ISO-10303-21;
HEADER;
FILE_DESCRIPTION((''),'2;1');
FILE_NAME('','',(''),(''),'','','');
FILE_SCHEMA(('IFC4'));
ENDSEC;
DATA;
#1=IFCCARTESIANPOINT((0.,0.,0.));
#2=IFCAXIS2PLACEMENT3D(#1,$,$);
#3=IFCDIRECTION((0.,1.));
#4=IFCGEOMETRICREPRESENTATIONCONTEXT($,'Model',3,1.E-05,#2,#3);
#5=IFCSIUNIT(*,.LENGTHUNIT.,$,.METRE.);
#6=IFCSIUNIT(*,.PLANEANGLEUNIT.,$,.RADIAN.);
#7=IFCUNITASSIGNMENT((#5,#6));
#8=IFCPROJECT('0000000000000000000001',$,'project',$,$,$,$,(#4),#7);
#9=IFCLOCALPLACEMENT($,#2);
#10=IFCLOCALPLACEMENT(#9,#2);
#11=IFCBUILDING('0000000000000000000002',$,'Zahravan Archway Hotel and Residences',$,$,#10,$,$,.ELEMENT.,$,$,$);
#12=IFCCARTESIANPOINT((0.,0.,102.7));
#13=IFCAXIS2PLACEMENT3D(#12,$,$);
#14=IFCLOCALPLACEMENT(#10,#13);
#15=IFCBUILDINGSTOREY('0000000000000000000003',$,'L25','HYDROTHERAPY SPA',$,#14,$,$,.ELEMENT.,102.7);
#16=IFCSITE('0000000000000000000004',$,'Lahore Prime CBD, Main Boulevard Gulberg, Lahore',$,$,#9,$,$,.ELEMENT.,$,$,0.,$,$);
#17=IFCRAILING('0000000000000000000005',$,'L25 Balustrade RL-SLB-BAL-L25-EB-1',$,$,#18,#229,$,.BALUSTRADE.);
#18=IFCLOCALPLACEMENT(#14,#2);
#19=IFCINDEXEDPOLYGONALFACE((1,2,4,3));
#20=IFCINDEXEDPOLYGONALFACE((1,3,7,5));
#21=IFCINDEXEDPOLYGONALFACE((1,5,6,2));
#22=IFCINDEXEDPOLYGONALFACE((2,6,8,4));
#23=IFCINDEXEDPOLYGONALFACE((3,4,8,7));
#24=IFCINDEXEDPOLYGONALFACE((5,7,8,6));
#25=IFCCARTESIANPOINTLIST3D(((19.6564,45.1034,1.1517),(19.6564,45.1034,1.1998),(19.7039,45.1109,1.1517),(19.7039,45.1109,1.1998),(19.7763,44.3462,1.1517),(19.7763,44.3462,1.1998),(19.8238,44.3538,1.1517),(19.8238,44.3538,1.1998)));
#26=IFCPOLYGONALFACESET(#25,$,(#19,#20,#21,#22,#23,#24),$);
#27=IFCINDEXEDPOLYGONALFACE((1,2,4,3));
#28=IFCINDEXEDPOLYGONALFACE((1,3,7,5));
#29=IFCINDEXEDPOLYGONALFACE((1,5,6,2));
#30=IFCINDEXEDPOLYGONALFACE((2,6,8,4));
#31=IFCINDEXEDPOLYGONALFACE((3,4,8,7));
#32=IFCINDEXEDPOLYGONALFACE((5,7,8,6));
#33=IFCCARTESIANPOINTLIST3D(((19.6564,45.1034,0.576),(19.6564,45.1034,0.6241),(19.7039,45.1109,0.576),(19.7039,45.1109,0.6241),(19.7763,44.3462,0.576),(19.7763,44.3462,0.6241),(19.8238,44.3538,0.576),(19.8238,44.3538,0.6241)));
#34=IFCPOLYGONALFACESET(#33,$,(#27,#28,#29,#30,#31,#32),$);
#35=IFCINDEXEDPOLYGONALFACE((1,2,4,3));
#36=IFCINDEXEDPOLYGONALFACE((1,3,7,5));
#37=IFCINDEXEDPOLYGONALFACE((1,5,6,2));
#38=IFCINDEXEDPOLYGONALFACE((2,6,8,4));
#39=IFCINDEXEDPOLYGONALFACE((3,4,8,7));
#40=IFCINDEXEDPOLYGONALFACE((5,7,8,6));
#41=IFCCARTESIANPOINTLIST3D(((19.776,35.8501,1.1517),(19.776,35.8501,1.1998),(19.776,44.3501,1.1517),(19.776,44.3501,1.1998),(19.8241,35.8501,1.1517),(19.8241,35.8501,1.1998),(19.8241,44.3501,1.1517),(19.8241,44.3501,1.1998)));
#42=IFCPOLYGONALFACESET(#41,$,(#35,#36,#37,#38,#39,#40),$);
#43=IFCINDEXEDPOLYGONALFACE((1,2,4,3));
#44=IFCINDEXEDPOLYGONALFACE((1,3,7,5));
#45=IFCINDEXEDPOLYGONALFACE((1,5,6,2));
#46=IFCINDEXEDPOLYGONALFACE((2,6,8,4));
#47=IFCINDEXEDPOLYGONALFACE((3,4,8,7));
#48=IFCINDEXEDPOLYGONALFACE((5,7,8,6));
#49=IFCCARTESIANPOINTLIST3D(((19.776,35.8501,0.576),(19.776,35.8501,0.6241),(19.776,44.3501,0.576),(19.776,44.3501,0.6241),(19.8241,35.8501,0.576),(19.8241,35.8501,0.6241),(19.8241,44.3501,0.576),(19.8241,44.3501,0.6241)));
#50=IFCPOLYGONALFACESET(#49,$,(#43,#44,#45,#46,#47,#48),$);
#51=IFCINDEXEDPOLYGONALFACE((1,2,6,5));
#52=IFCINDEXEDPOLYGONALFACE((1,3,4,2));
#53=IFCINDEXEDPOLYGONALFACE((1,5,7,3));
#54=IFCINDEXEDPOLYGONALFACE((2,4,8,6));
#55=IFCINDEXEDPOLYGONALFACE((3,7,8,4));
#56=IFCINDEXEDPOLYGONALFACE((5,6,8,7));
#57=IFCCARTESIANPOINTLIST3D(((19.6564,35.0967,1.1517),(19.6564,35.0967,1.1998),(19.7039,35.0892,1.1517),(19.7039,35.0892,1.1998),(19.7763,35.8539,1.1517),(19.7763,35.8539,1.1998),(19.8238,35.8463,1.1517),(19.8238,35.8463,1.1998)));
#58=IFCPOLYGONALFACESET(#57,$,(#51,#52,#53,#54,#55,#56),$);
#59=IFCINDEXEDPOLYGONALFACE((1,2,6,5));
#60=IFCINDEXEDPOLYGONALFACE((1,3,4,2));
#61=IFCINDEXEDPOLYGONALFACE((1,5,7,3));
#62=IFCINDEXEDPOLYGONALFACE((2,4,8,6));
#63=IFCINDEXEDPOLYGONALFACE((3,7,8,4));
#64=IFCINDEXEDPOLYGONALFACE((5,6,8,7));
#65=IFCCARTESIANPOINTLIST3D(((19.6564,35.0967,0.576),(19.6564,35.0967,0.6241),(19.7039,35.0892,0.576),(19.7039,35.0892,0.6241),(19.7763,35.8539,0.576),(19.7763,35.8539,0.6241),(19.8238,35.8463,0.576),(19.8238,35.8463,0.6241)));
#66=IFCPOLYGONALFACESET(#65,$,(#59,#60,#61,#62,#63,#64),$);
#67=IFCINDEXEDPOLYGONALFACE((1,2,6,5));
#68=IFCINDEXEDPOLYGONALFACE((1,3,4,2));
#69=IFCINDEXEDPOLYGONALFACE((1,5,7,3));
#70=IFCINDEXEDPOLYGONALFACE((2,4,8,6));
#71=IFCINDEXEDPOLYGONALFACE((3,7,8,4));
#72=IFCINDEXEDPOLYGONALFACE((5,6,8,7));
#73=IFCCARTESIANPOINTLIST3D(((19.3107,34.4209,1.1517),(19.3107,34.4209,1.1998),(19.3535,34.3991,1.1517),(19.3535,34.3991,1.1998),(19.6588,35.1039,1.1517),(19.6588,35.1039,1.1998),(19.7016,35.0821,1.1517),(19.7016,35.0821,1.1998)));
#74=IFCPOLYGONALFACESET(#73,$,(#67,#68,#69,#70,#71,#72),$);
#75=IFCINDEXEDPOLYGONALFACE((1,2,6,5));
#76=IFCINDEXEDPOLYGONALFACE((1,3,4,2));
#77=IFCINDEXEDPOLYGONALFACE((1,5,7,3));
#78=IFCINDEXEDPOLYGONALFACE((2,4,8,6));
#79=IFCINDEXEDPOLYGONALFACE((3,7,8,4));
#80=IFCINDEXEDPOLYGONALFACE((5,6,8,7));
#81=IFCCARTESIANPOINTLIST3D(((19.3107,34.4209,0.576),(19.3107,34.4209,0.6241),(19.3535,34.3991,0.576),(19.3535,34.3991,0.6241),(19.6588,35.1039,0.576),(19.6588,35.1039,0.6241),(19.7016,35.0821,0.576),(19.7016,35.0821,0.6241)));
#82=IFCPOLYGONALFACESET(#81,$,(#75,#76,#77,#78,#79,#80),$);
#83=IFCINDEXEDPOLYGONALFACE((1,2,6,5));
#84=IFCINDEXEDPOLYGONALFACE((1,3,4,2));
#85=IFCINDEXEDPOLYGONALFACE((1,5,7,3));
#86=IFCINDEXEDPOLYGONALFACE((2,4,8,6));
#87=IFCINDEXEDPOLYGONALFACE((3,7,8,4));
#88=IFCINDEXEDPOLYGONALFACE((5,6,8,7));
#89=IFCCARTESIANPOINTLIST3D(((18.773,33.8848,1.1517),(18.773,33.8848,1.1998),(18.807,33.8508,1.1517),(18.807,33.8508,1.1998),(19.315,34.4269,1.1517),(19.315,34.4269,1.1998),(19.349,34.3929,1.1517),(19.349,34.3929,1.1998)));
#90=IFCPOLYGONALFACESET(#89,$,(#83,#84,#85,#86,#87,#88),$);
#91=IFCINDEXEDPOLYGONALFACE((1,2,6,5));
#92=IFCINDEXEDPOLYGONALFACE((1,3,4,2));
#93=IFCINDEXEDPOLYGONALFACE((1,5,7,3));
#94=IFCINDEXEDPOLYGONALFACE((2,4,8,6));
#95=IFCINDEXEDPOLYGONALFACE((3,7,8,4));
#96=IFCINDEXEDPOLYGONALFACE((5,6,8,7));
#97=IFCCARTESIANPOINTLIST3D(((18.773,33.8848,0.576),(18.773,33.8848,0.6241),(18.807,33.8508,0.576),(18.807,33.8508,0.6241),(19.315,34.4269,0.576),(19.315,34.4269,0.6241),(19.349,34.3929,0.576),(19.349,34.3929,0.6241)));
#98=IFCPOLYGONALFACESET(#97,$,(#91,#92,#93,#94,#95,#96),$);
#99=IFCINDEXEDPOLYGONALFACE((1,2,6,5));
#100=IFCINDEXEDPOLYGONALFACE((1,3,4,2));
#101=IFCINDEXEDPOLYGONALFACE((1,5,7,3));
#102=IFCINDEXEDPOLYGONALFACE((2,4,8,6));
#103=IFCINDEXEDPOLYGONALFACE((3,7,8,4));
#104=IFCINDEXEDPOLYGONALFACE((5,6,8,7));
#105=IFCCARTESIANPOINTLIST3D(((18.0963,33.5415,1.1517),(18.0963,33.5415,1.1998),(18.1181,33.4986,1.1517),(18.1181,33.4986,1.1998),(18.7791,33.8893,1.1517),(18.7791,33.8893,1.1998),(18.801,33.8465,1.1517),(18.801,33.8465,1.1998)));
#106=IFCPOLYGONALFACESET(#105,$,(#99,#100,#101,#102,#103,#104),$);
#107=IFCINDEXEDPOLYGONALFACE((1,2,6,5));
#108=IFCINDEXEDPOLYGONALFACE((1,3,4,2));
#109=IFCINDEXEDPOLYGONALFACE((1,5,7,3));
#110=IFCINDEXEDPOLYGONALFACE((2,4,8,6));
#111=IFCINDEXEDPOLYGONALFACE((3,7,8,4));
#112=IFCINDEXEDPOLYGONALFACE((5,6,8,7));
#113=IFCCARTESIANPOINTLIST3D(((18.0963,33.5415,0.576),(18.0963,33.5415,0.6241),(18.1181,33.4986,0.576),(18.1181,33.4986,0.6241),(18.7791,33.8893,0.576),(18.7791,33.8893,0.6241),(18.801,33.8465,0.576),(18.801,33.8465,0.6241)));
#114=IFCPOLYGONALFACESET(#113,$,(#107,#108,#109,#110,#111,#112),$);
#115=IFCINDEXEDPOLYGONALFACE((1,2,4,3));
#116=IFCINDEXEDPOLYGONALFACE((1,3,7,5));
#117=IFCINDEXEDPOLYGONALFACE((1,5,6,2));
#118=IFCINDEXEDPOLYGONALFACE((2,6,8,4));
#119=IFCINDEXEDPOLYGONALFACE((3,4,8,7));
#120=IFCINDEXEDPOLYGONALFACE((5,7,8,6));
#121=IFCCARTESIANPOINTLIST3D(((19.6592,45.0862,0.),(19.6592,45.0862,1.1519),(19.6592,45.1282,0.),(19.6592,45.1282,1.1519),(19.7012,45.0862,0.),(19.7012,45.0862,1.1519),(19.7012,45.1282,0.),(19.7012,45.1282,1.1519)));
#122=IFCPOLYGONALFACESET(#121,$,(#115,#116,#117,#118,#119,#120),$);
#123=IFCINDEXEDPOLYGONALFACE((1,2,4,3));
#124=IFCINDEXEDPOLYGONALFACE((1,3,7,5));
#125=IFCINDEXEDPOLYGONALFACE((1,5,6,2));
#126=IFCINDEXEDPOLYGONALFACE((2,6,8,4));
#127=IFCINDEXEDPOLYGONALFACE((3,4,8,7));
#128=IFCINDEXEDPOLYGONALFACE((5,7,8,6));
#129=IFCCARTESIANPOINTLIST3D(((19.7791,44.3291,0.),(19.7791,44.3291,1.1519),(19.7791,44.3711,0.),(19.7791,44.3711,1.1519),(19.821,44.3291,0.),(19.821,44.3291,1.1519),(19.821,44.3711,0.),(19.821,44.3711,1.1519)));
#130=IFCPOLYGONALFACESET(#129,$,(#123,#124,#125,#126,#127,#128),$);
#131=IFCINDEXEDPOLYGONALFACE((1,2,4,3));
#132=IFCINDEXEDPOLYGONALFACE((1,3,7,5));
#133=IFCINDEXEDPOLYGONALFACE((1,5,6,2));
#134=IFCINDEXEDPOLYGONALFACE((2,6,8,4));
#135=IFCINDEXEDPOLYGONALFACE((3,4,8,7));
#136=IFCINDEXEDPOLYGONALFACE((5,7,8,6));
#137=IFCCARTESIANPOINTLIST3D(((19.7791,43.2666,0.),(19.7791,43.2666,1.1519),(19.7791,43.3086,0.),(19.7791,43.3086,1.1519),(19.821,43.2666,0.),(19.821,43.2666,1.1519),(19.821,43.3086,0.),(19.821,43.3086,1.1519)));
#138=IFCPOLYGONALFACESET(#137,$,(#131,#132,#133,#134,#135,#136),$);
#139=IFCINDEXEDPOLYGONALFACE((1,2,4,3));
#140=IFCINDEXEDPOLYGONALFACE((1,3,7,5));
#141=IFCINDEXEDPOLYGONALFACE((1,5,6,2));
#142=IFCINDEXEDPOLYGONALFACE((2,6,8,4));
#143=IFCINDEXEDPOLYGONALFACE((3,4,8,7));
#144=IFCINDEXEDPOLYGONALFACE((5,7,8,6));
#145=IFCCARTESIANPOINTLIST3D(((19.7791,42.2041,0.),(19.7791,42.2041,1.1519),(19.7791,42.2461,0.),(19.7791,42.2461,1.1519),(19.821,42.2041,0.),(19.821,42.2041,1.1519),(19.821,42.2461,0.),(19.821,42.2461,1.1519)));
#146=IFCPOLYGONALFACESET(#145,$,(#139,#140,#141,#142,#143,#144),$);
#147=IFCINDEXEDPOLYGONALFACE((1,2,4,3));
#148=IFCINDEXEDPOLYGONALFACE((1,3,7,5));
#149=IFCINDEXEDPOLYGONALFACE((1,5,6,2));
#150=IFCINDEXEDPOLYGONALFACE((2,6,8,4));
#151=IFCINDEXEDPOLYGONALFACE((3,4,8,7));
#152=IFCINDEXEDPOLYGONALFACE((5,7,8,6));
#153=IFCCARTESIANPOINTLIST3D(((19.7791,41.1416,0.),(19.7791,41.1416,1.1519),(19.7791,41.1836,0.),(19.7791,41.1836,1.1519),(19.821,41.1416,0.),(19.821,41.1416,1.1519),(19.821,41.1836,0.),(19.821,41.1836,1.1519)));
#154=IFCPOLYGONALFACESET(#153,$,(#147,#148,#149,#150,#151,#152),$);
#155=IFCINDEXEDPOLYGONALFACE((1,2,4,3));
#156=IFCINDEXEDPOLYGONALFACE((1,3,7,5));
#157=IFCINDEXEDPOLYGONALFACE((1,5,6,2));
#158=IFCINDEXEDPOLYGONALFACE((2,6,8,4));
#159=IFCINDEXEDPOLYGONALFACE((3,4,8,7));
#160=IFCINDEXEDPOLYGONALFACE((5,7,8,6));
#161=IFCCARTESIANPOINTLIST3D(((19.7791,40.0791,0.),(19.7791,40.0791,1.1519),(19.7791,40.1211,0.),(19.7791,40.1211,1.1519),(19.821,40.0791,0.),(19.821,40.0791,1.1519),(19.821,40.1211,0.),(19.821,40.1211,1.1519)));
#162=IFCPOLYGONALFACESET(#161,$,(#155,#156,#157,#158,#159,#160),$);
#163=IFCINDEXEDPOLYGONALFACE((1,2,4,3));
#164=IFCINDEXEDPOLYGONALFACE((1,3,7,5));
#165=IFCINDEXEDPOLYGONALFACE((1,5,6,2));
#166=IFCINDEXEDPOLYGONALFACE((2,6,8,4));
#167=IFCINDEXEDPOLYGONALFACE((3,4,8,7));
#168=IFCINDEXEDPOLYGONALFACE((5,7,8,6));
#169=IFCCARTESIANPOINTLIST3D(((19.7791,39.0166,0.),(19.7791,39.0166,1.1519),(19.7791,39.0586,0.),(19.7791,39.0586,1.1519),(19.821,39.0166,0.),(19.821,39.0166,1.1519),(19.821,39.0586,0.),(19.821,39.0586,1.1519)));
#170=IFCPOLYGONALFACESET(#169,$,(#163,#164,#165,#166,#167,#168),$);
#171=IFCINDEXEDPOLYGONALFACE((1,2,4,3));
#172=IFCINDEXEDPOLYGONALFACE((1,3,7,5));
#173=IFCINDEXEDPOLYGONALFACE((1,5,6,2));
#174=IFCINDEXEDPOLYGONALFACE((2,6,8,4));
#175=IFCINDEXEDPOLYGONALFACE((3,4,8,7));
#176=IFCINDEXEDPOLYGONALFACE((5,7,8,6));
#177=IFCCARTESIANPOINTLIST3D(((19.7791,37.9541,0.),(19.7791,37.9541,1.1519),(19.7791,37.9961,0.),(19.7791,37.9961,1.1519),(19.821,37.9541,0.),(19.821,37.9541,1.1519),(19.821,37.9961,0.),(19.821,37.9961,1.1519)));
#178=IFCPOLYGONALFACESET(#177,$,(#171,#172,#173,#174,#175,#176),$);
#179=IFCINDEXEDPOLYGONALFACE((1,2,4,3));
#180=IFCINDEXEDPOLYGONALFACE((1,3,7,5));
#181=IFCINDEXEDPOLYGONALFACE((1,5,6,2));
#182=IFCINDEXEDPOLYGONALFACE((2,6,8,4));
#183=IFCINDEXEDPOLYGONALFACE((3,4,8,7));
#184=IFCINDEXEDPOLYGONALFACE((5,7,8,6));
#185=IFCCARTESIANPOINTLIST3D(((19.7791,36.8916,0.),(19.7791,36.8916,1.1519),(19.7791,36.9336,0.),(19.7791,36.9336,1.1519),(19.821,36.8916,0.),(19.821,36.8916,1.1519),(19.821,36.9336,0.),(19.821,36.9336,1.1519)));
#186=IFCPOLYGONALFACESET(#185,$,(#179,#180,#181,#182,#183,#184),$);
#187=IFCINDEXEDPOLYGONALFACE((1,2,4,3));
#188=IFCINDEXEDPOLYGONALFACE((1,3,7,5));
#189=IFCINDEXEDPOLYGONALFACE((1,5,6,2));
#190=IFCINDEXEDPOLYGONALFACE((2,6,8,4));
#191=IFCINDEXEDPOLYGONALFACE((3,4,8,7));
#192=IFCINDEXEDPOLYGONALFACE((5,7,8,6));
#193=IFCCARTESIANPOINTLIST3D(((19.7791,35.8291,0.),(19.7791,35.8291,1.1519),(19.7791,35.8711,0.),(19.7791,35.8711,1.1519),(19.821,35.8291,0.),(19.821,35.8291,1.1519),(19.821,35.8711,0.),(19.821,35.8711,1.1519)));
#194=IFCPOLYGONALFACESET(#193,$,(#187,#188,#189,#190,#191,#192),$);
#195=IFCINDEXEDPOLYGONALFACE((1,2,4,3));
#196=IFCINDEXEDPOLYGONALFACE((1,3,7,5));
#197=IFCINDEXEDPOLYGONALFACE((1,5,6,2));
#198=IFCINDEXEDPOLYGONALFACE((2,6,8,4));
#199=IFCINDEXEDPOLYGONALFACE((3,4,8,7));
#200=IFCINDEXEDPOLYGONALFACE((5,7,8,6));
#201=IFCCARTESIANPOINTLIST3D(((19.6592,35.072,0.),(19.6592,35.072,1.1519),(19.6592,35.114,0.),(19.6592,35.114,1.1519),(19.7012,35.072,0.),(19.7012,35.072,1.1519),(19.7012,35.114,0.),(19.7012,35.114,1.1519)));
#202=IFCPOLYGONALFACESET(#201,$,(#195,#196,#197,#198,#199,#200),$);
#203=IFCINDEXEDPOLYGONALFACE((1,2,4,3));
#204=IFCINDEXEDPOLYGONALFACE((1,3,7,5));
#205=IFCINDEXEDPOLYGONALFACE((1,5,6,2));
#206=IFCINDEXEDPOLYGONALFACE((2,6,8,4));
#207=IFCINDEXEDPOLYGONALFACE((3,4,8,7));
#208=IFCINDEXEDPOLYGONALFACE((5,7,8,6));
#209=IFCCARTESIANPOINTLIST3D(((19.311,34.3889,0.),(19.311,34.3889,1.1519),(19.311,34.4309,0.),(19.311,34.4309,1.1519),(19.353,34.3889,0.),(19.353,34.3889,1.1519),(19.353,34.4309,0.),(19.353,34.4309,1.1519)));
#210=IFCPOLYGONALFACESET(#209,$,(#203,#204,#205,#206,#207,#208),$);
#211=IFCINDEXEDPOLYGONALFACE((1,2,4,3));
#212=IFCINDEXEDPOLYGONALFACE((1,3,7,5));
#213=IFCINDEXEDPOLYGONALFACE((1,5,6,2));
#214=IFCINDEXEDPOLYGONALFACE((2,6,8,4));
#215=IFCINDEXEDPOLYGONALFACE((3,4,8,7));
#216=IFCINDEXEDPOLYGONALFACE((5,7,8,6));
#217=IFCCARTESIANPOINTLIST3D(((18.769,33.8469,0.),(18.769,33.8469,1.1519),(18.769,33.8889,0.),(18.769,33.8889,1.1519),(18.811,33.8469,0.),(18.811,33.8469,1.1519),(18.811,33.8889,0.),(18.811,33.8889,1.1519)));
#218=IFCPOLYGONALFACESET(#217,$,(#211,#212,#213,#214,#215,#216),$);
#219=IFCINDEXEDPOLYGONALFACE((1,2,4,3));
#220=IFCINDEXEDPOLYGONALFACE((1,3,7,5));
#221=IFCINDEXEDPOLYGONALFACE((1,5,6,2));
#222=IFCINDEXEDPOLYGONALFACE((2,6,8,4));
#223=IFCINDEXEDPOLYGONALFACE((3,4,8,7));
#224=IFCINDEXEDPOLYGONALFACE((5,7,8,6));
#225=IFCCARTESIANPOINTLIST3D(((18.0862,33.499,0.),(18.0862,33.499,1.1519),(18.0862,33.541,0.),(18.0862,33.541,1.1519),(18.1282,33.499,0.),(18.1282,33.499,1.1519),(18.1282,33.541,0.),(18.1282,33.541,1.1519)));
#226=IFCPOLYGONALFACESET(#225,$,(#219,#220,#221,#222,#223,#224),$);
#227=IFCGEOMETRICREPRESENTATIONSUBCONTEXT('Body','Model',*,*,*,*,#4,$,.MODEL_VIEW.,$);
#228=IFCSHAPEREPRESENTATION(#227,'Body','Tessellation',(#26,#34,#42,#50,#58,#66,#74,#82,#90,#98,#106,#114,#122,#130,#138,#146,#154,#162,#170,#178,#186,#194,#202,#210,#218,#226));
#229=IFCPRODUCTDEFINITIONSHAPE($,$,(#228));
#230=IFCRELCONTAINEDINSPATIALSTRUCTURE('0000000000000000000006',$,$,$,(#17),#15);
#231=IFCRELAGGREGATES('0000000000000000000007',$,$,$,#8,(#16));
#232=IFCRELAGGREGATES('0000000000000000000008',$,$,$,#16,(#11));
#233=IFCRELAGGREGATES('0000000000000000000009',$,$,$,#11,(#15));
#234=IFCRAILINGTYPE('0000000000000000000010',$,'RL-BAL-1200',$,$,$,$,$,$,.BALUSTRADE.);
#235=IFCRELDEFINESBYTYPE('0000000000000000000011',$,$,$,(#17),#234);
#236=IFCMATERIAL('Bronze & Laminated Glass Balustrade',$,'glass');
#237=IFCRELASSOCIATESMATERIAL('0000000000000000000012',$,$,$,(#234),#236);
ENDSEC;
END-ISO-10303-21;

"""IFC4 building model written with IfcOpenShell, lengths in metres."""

from ifc_helpers import new_model, si_unit, direction, frame, origin, origin_2d, place, context, subcontext, project, spatial, rectangle, extrude, material, type_object, element, save


model = new_model("IFC4")

# Units and contexts
model_context = context("Model", 3, precision=1e-05, world=origin(), true_north=direction((0.0, 1.0)))
body_context = subcontext(model_context, "Body", "Model", "MODEL_VIEW")
ifc_project = project(units=[si_unit("LENGTHUNIT", "METRE"), si_unit("PLANEANGLEUNIT", "RADIAN")], contexts=[model_context])

# Site, building, storey
site_placement = place(None, origin())
site = spatial("IfcSite", under=ifc_project, at=site_placement, Name="Lahore Prime CBD, Main Boulevard Gulberg, Lahore", CompositionType="ELEMENT", RefElevation=0.0)
building_placement = place(site_placement, origin())
building = spatial("IfcBuilding", under=site, at=building_placement, Name="Zahravan Archway Hotel and Residences", CompositionType="ELEMENT")
storey_placement = place(building_placement, frame((0.0, 0.0, 102.7)))
storey = spatial("IfcBuildingStorey", under=building, at=storey_placement, Name="L25", Description="HYDROTHERAPY SPA", CompositionType="ELEMENT", Elevation=102.7)

# Railing
ifc_material_1 = material(Name="Bronze & Laminated Glass Balustrade", Category="glass")
railing_type = type_object("IfcRailingType", Name="RL-BAL-1200", PredefinedType="BALUSTRADE", material=ifc_material_1)
railing_placement = place(storey_placement, frame((19.6802, 45.1072, 0.0)))
element("IfcRailing", 1, at=railing_placement, inside=storey, type_object=railing_type, Name="L25 Balustrade RL-SLB-BAL-L25-EB-1", PredefinedType="BALUSTRADE", context=body_context, shape_type="SweptSolid", body=[
    extrude(rectangle(XDim=0.0481, YDim=0.0481, at=origin_2d()), frame((0.0, 0.0, 1.1758), z_axis=(0.156388, -0.987696, 0.0), x_axis=(0.987696, 0.156388, 0.0)), (0.0, 0.0, 1.0), 0.7666),
    extrude(rectangle(XDim=0.0481, YDim=0.0481, at=origin_2d()), frame((0.0, 0.0, 0.6001), z_axis=(0.156388, -0.987696, 0.0), x_axis=(0.987696, 0.156388, 0.0)), (0.0, 0.0, 1.0), 0.7666),
    extrude(rectangle(XDim=0.0481, YDim=0.0481, at=origin_2d()), frame((0.1199, -0.7571, 1.1758), z_axis=(0.0, -1.0, 0.0), x_axis=(1.0, 0.0, 0.0)), (0.0, 0.0, 1.0), 8.5),
    extrude(rectangle(XDim=0.0481, YDim=0.0481, at=origin_2d()), frame((0.1199, -0.7571, 0.6001), z_axis=(0.0, -1.0, 0.0), x_axis=(1.0, 0.0, 0.0)), (0.0, 0.0, 1.0), 8.5),
    extrude(rectangle(XDim=0.0481, YDim=0.0481, at=origin_2d()), frame((0.1199, -9.2571, 1.1758), z_axis=(-0.156388, -0.987696, 0.0), x_axis=(0.987696, -0.156388, 0.0)), (0.0, 0.0, 1.0), 0.7666),
    extrude(rectangle(XDim=0.0481, YDim=0.0481, at=origin_2d()), frame((0.1199, -9.2571, 0.6001), z_axis=(-0.156388, -0.987696, 0.0), x_axis=(0.987696, -0.156388, 0.0)), (0.0, 0.0, 1.0), 0.7666),
    extrude(rectangle(XDim=0.0481, YDim=0.0481, at=origin_2d()), frame((0.0, -10.0142, 1.1758), z_axis=(-0.454078, -0.890962, 0.0), x_axis=(0.890962, -0.454078, 0.0)), (0.0, 0.0, 1.0), 0.7666),
    extrude(rectangle(XDim=0.0481, YDim=0.0481, at=origin_2d()), frame((0.0, -10.0142, 0.6001), z_axis=(-0.454078, -0.890962, 0.0), x_axis=(0.890962, -0.454078, 0.0)), (0.0, 0.0, 1.0), 0.7666),
    extrude(rectangle(XDim=0.0481, YDim=0.0481, at=origin_2d()), frame((-0.3481, -10.6973, 1.1758), z_axis=(-0.707107, -0.707107, 0.0), x_axis=(0.707107, -0.707107, 0.0)), (0.0, 0.0, 1.0), 0.7666),
    extrude(rectangle(XDim=0.0481, YDim=0.0481, at=origin_2d()), frame((-0.3481, -10.6973, 0.6001), z_axis=(-0.707107, -0.707107, 0.0), x_axis=(0.707107, -0.707107, 0.0)), (0.0, 0.0, 1.0), 0.7666),
    extrude(rectangle(XDim=0.0481, YDim=0.0481, at=origin_2d()), frame((-0.8901, -11.2393, 1.1758), z_axis=(-0.891025, -0.453954, 0.0), x_axis=(0.453954, -0.891025, 0.0)), (0.0, 0.0, 1.0), 0.7664),
    extrude(rectangle(XDim=0.0481, YDim=0.0481, at=origin_2d()), frame((-0.8901, -11.2393, 0.6001), z_axis=(-0.891025, -0.453954, 0.0), x_axis=(0.453954, -0.891025, 0.0)), (0.0, 0.0, 1.0), 0.7664),
    extrude(rectangle(XDim=0.042, YDim=0.042, at=origin_2d()), origin(), (0.0, 0.0, 1.0), 1.1519),
    extrude(rectangle(XDim=0.042, YDim=0.042, at=origin_2d()), frame((0.1199, -0.7571, 0.0)), (0.0, 0.0, 1.0), 1.1519),
    extrude(rectangle(XDim=0.042, YDim=0.042, at=origin_2d()), frame((0.1199, -1.8196, 0.0)), (0.0, 0.0, 1.0), 1.1519),
    extrude(rectangle(XDim=0.042, YDim=0.042, at=origin_2d()), frame((0.1199, -2.8821, 0.0)), (0.0, 0.0, 1.0), 1.1519),
    extrude(rectangle(XDim=0.042, YDim=0.042, at=origin_2d()), frame((0.1199, -3.9446, 0.0)), (0.0, 0.0, 1.0), 1.1519),
    extrude(rectangle(XDim=0.042, YDim=0.042, at=origin_2d()), frame((0.1199, -5.0071, 0.0)), (0.0, 0.0, 1.0), 1.1519),
    extrude(rectangle(XDim=0.042, YDim=0.042, at=origin_2d()), frame((0.1199, -6.0696, 0.0)), (0.0, 0.0, 1.0), 1.1519),
    extrude(rectangle(XDim=0.042, YDim=0.042, at=origin_2d()), frame((0.1199, -7.1321, 0.0)), (0.0, 0.0, 1.0), 1.1519),
    extrude(rectangle(XDim=0.042, YDim=0.042, at=origin_2d()), frame((0.1199, -8.1946, 0.0)), (0.0, 0.0, 1.0), 1.1519),
    extrude(rectangle(XDim=0.042, YDim=0.042, at=origin_2d()), frame((0.1199, -9.2571, 0.0)), (0.0, 0.0, 1.0), 1.1519),
    extrude(rectangle(XDim=0.042, YDim=0.042, at=origin_2d()), frame((0.0, -10.0142, 0.0)), (0.0, 0.0, 1.0), 1.1519),
    extrude(rectangle(XDim=0.042, YDim=0.042, at=origin_2d()), frame((-0.3481, -10.6973, 0.0)), (0.0, 0.0, 1.0), 1.1519),
    extrude(rectangle(XDim=0.042, YDim=0.042, at=origin_2d()), frame((-0.8901, -11.2393, 0.0)), (0.0, 0.0, 1.0), 1.1519),
    extrude(rectangle(XDim=0.042, YDim=0.042, at=origin_2d()), frame((-1.573, -11.5872, 0.0)), (0.0, 0.0, 1.0), 1.1519),
])

save(model, "model.ifc")
